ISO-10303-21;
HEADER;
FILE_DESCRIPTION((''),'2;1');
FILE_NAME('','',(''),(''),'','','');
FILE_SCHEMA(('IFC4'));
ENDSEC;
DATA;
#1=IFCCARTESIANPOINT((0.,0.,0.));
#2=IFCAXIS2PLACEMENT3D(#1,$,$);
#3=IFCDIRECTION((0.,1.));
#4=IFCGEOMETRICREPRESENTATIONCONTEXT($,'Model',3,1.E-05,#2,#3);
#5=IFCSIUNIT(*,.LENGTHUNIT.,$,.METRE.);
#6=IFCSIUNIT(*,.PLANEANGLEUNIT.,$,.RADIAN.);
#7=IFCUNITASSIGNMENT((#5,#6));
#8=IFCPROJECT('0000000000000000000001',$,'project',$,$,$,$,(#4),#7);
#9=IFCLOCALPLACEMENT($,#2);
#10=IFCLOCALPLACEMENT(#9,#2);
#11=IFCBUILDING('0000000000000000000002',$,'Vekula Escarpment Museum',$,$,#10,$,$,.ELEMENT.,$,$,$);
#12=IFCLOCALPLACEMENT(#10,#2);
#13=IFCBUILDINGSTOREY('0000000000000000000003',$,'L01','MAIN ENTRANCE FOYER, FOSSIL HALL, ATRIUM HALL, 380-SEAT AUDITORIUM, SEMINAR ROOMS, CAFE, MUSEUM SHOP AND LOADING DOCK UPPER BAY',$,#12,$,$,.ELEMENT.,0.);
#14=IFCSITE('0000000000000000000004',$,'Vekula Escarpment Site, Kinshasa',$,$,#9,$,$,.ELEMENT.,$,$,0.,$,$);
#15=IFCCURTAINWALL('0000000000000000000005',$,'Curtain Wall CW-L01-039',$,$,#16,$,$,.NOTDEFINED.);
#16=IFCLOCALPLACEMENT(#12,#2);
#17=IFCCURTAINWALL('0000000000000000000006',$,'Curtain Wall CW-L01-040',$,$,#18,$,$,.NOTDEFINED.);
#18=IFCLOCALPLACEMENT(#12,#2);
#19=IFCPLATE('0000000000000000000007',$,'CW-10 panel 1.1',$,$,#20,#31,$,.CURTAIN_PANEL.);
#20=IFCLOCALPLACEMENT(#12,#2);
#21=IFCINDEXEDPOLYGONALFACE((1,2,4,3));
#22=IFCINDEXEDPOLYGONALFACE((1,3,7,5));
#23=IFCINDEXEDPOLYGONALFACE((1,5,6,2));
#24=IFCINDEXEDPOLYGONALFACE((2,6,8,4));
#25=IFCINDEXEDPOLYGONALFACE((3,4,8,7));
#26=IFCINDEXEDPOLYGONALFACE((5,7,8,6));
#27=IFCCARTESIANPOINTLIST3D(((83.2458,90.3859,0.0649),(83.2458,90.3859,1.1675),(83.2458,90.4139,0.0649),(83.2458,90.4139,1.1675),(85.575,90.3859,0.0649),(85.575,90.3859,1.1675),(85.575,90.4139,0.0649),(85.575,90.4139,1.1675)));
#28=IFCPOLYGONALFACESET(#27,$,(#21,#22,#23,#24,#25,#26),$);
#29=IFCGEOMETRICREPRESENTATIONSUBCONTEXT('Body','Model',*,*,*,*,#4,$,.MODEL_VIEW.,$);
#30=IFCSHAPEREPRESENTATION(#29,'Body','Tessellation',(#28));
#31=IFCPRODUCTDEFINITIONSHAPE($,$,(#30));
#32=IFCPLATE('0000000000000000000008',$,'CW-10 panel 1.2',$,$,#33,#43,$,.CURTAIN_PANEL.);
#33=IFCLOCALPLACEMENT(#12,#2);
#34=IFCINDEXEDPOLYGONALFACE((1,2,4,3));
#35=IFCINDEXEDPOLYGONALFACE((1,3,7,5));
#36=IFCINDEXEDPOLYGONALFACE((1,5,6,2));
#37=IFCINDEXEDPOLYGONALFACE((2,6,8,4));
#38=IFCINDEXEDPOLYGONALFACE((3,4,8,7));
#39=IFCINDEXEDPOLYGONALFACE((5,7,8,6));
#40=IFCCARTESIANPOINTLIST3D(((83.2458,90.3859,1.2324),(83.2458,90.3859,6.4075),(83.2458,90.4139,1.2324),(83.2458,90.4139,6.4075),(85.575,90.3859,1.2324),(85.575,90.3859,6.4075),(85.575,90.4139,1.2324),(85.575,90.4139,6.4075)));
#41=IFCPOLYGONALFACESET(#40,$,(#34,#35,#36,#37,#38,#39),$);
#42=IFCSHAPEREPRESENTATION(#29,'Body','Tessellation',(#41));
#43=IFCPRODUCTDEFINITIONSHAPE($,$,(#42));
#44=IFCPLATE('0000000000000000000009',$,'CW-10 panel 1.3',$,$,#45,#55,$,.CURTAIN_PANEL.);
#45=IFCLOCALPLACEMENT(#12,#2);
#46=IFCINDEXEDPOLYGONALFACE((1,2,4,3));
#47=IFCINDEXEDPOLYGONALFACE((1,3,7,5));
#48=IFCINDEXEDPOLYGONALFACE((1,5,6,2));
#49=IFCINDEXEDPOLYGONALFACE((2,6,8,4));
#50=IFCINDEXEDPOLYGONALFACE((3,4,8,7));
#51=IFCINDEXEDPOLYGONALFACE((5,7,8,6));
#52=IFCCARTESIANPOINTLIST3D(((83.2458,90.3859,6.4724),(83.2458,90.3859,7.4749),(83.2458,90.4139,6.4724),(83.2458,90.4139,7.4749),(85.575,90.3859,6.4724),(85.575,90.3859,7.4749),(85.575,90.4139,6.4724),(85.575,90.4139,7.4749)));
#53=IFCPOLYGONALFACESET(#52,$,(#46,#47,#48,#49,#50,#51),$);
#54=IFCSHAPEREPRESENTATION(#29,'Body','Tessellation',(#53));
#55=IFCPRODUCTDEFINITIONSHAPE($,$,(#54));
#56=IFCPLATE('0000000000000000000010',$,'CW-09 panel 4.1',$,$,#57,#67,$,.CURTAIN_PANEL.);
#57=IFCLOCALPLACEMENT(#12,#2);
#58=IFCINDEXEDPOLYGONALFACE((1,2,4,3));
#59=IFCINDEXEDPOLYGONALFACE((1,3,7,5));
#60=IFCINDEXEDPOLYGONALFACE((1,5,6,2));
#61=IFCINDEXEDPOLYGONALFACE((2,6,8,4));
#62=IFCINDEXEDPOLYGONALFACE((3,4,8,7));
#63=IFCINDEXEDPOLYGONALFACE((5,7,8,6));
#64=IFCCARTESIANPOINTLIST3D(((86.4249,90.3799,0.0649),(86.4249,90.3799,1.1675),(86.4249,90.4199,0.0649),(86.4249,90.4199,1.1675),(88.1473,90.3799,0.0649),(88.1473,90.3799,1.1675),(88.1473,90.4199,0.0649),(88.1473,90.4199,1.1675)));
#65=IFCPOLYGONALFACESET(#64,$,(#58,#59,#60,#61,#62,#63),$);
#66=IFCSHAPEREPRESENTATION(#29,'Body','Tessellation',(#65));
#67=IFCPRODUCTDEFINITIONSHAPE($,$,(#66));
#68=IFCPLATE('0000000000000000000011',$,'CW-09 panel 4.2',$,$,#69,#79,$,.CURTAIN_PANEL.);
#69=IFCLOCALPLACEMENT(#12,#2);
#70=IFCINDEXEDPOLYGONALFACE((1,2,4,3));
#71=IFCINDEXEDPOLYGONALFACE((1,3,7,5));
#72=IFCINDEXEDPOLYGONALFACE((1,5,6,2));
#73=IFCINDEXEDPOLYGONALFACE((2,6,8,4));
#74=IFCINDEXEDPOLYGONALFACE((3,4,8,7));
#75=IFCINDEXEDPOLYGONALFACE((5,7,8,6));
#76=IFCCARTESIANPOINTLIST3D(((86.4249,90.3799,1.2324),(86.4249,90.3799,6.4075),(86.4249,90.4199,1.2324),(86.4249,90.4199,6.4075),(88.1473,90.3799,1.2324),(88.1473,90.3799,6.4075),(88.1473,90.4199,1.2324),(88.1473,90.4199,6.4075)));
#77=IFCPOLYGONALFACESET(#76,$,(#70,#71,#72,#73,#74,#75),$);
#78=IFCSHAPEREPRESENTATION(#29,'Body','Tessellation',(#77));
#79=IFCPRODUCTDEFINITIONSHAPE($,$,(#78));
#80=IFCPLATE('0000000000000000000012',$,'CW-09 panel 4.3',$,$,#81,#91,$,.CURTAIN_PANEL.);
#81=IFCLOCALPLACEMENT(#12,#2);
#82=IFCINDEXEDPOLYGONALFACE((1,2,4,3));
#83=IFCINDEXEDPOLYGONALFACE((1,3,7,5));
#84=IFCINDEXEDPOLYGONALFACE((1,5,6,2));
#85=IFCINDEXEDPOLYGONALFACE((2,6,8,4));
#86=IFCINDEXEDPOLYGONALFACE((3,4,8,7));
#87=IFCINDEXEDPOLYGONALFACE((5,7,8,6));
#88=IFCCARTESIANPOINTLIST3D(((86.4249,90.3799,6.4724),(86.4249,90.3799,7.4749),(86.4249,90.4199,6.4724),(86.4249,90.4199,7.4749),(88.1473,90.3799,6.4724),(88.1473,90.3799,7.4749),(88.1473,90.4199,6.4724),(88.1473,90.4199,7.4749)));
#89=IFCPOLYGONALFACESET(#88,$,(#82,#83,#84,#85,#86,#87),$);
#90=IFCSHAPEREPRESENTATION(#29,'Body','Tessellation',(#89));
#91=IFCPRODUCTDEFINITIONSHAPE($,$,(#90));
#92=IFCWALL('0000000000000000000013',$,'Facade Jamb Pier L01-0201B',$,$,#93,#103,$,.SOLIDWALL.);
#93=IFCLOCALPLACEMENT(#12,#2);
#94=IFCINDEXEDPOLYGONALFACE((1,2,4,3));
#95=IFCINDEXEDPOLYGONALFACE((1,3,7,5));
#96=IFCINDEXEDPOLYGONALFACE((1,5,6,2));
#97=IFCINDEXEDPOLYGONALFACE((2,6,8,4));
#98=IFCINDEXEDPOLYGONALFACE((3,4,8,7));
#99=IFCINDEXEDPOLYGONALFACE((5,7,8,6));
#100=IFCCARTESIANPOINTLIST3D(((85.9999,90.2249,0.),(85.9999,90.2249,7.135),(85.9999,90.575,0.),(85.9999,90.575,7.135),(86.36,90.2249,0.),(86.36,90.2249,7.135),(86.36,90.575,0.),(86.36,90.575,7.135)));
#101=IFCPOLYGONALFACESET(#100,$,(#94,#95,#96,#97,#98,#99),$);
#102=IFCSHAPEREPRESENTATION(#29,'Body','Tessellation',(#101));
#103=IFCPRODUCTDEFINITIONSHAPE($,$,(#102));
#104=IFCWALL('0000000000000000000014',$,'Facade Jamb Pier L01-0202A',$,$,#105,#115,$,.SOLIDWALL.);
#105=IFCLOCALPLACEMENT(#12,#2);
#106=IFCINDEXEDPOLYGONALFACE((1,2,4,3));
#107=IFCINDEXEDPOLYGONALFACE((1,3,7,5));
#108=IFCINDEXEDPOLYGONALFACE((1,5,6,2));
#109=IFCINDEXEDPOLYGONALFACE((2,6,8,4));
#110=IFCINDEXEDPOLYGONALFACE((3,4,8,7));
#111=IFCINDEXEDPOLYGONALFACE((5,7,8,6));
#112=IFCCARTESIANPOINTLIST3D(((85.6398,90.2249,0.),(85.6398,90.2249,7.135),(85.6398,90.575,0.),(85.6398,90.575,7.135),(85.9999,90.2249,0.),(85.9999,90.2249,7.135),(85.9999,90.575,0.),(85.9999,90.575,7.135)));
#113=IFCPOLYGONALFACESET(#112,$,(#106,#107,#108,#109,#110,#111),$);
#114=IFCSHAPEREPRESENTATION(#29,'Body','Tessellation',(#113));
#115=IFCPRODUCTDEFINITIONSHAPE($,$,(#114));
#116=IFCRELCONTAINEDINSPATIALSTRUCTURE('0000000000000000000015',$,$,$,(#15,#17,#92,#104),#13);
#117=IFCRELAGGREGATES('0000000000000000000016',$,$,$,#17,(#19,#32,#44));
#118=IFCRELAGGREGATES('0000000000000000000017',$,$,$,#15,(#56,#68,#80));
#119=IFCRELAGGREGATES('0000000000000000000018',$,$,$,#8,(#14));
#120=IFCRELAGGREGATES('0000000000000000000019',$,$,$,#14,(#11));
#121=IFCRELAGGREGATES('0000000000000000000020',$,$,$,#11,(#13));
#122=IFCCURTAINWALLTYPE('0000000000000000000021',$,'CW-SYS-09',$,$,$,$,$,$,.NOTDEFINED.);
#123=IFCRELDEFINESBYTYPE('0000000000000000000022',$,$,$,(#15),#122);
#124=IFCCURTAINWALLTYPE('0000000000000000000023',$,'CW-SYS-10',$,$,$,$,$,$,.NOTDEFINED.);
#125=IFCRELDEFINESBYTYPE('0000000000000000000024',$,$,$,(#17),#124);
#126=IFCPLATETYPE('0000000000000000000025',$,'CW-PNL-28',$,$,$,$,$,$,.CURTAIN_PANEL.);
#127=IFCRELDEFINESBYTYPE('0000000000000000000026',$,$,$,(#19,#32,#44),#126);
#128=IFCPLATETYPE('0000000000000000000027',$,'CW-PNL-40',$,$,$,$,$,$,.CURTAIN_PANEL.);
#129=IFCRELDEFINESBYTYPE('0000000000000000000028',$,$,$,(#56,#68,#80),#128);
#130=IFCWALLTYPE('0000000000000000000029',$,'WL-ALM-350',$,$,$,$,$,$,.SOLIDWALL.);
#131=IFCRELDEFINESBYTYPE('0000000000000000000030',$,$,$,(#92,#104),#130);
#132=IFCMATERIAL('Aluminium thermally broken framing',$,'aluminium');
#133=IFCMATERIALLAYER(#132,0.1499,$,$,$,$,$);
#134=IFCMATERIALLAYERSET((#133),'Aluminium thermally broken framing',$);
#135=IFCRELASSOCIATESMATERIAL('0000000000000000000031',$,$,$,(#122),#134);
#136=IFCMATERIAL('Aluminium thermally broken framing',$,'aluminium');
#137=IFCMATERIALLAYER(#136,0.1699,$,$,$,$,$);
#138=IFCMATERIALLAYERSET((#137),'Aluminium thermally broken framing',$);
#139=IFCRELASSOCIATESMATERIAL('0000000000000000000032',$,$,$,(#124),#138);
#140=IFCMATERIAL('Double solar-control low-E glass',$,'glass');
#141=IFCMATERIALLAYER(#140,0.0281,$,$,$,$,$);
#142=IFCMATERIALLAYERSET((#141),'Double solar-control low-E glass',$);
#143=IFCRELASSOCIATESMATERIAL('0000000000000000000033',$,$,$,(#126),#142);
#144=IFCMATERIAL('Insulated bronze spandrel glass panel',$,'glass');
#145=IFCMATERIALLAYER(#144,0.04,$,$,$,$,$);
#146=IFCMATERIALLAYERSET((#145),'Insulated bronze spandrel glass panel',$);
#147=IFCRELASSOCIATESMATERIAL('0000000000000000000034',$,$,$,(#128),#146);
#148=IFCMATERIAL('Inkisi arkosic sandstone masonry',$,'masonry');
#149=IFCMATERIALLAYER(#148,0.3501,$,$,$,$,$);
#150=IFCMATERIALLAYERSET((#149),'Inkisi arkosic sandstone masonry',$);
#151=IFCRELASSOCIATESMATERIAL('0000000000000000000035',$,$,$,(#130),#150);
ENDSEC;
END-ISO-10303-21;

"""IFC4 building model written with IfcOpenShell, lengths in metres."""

from ifc_helpers import new_model, si_unit, direction, frame, frame_2d, origin, origin_2d, place, context, subcontext, project, spatial, rectangle, extrude, material, layer, layer_set, type_object, element, aggregate, save


model = new_model("IFC4")

# Units and contexts
model_context = context("Model", 3, precision=1e-05, world=origin(), true_north=direction((0.0, 1.0)))
body_context = subcontext(model_context, "Body", "Model", "MODEL_VIEW")
ifc_project = project(units=[si_unit("LENGTHUNIT", "METRE"), si_unit("PLANEANGLEUNIT", "RADIAN")], contexts=[model_context])

# Site, building, storey
site_placement = place(None, origin())
site = spatial("IfcSite", under=ifc_project, at=site_placement, Name="Vekula Escarpment Site, Kinshasa", CompositionType="ELEMENT", RefElevation=0.0)
building_placement = place(site_placement, origin())
building = spatial("IfcBuilding", under=site, at=building_placement, Name="Vekula Escarpment Museum", CompositionType="ELEMENT")
storey_placement = place(building_placement, origin())
storey = spatial("IfcBuildingStorey", under=building, at=storey_placement, Name="L01", Description="MAIN ENTRANCE FOYER, FOSSIL HALL, ATRIUM HALL, 380-SEAT AUDITORIUM, SEMINAR ROOMS, CAFE, MUSEUM SHOP AND LOADING DOCK UPPER BAY", CompositionType="ELEMENT", Elevation=0.0)

# Curtain walls
ifc_material_1 = material(Name="Aluminium thermally broken framing", Category="aluminium")
ifc_layer_1 = layer(ifc_material_1, 0.1499)
ifc_layer_set_1 = layer_set([ifc_layer_1], Name="Aluminium thermally broken framing")
curtain_wall_type_1 = type_object("IfcCurtainWallType", Name="CW-SYS-09", PredefinedType="NOTDEFINED", material=ifc_layer_set_1)
curtain_wall_1_placement = place(storey_placement, origin())
curtain_wall_1 = element("IfcCurtainWall", 1, at=curtain_wall_1_placement, inside=storey, type_object=curtain_wall_type_1, Name="Curtain Wall CW-L01-039", PredefinedType="NOTDEFINED")
ifc_material_2 = material(Name="Aluminium thermally broken framing", Category="aluminium")
ifc_layer_2 = layer(ifc_material_2, 0.1699)
ifc_layer_set_2 = layer_set([ifc_layer_2], Name="Aluminium thermally broken framing")
curtain_wall_type_2 = type_object("IfcCurtainWallType", Name="CW-SYS-10", PredefinedType="NOTDEFINED", material=ifc_layer_set_2)
curtain_wall_2_placement = place(storey_placement, origin())
curtain_wall_2 = element("IfcCurtainWall", 2, at=curtain_wall_2_placement, inside=storey, type_object=curtain_wall_type_2, Name="Curtain Wall CW-L01-040", PredefinedType="NOTDEFINED")

# Plates
ifc_material_3 = material(Name="Double solar-control low-E glass", Category="glass")
ifc_layer_3 = layer(ifc_material_3, 0.0281)
ifc_layer_set_3 = layer_set([ifc_layer_3], Name="Double solar-control low-E glass")
plate_type_1 = type_object("IfcPlateType", Name="CW-PNL-28", PredefinedType="CURTAIN_PANEL", material=ifc_layer_set_3)
plate_1_placement = place(storey_placement, frame((84.4104, 90.3999, 0.0649), z_axis=(0.0, 0.0, 1.0), x_axis=(-1.0, 0.0, 0.0)))
plate_1 = element("IfcPlate", 3, at=plate_1_placement, type_object=plate_type_1, Name="CW-10 panel 1.1", PredefinedType="CURTAIN_PANEL", context=body_context, shape_type="SweptSolid", body=[
    extrude(rectangle(XDim=2.3291, YDim=0.0281, at=origin_2d()), origin(), (0.0, 0.0, 1.0), 1.1025),
])
plate_2_placement = place(storey_placement, frame((84.4104, 90.3999, 1.2324), z_axis=(0.0, 0.0, 1.0), x_axis=(-1.0, 0.0, 0.0)))
plate_2 = element("IfcPlate", 4, at=plate_2_placement, type_object=plate_type_1, Name="CW-10 panel 1.2", PredefinedType="CURTAIN_PANEL", context=body_context, shape_type="SweptSolid", body=[
    extrude(rectangle(XDim=2.3291, YDim=0.0281, at=origin_2d()), origin(), (0.0, 0.0, 1.0), 5.175),
])
plate_3_placement = place(storey_placement, frame((84.4104, 90.3999, 6.4724), z_axis=(0.0, 0.0, 1.0), x_axis=(-1.0, 0.0, 0.0)))
plate_3 = element("IfcPlate", 5, at=plate_3_placement, type_object=plate_type_1, Name="CW-10 panel 1.3", PredefinedType="CURTAIN_PANEL", context=body_context, shape_type="SweptSolid", body=[
    extrude(rectangle(XDim=2.3291, YDim=0.0281, at=origin_2d()), origin(), (0.0, 0.0, 1.0), 1.0024),
])
aggregate(curtain_wall_2, [plate_1, plate_2, plate_3])
ifc_material_4 = material(Name="Insulated bronze spandrel glass panel", Category="glass")
ifc_layer_4 = layer(ifc_material_4, 0.04)
ifc_layer_set_4 = layer_set([ifc_layer_4], Name="Insulated bronze spandrel glass panel")
plate_type_2 = type_object("IfcPlateType", Name="CW-PNL-40", PredefinedType="CURTAIN_PANEL", material=ifc_layer_set_4)
plate_4_placement = place(storey_placement, frame((87.2861, 90.3999, 0.0649), z_axis=(0.0, 0.0, 1.0), x_axis=(-1.0, 0.0, 0.0)))
plate_4 = element("IfcPlate", 6, at=plate_4_placement, type_object=plate_type_2, Name="CW-09 panel 4.1", PredefinedType="CURTAIN_PANEL", context=body_context, shape_type="SweptSolid", body=[
    extrude(rectangle(XDim=1.7224, YDim=0.04, at=origin_2d()), origin(), (0.0, 0.0, 1.0), 1.1025),
])
plate_5_placement = place(storey_placement, frame((87.2861, 90.3999, 1.2324), z_axis=(0.0, 0.0, 1.0), x_axis=(-1.0, 0.0, 0.0)))
plate_5 = element("IfcPlate", 7, at=plate_5_placement, type_object=plate_type_2, Name="CW-09 panel 4.2", PredefinedType="CURTAIN_PANEL", context=body_context, shape_type="SweptSolid", body=[
    extrude(rectangle(XDim=1.7224, YDim=0.04, at=origin_2d()), origin(), (0.0, 0.0, 1.0), 5.175),
])
plate_6_placement = place(storey_placement, frame((87.2861, 90.3999, 6.4724), z_axis=(0.0, 0.0, 1.0), x_axis=(-1.0, 0.0, 0.0)))
plate_6 = element("IfcPlate", 8, at=plate_6_placement, type_object=plate_type_2, Name="CW-09 panel 4.3", PredefinedType="CURTAIN_PANEL", context=body_context, shape_type="SweptSolid", body=[
    extrude(rectangle(XDim=1.7224, YDim=0.04, at=origin_2d()), origin(), (0.0, 0.0, 1.0), 1.0024),
])
aggregate(curtain_wall_1, [plate_4, plate_5, plate_6])

# Walls
ifc_material_5 = material(Name="Inkisi arkosic sandstone masonry", Category="masonry")
ifc_layer_5 = layer(ifc_material_5, 0.3501)
ifc_layer_set_5 = layer_set([ifc_layer_5], Name="Inkisi arkosic sandstone masonry")
wall_type = type_object("IfcWallType", Name="WL-ALM-350", PredefinedType="SOLIDWALL", material=ifc_layer_set_5)
for number, where, z_axis, x_axis, name in (
    (9, (86.3601, 90.3999, 0.0), (0.0, 0.0, 1.0), (-1.0, 0.0, 0.0), "Facade Jamb Pier L01-0201B"),
    (10, (86.0, 90.3999, 0.0), (0.0, 0.0, 1.0), (-1.0, 0.0, 0.0), "Facade Jamb Pier L01-0202A"),
):
    element("IfcWall", number, at=place(storey_placement, frame(where, z_axis=z_axis, x_axis=x_axis)), inside=storey, type_object=wall_type, Name=name, PredefinedType="SOLIDWALL", context=body_context, shape_type="SweptSolid", body=[
        extrude(rectangle(XDim=0.3601, YDim=0.3501, at=frame_2d((0.1802, 0.0))), origin(), (0.0, 0.0, 1.0), 7.135),
    ])

save(model, "model.ifc")
